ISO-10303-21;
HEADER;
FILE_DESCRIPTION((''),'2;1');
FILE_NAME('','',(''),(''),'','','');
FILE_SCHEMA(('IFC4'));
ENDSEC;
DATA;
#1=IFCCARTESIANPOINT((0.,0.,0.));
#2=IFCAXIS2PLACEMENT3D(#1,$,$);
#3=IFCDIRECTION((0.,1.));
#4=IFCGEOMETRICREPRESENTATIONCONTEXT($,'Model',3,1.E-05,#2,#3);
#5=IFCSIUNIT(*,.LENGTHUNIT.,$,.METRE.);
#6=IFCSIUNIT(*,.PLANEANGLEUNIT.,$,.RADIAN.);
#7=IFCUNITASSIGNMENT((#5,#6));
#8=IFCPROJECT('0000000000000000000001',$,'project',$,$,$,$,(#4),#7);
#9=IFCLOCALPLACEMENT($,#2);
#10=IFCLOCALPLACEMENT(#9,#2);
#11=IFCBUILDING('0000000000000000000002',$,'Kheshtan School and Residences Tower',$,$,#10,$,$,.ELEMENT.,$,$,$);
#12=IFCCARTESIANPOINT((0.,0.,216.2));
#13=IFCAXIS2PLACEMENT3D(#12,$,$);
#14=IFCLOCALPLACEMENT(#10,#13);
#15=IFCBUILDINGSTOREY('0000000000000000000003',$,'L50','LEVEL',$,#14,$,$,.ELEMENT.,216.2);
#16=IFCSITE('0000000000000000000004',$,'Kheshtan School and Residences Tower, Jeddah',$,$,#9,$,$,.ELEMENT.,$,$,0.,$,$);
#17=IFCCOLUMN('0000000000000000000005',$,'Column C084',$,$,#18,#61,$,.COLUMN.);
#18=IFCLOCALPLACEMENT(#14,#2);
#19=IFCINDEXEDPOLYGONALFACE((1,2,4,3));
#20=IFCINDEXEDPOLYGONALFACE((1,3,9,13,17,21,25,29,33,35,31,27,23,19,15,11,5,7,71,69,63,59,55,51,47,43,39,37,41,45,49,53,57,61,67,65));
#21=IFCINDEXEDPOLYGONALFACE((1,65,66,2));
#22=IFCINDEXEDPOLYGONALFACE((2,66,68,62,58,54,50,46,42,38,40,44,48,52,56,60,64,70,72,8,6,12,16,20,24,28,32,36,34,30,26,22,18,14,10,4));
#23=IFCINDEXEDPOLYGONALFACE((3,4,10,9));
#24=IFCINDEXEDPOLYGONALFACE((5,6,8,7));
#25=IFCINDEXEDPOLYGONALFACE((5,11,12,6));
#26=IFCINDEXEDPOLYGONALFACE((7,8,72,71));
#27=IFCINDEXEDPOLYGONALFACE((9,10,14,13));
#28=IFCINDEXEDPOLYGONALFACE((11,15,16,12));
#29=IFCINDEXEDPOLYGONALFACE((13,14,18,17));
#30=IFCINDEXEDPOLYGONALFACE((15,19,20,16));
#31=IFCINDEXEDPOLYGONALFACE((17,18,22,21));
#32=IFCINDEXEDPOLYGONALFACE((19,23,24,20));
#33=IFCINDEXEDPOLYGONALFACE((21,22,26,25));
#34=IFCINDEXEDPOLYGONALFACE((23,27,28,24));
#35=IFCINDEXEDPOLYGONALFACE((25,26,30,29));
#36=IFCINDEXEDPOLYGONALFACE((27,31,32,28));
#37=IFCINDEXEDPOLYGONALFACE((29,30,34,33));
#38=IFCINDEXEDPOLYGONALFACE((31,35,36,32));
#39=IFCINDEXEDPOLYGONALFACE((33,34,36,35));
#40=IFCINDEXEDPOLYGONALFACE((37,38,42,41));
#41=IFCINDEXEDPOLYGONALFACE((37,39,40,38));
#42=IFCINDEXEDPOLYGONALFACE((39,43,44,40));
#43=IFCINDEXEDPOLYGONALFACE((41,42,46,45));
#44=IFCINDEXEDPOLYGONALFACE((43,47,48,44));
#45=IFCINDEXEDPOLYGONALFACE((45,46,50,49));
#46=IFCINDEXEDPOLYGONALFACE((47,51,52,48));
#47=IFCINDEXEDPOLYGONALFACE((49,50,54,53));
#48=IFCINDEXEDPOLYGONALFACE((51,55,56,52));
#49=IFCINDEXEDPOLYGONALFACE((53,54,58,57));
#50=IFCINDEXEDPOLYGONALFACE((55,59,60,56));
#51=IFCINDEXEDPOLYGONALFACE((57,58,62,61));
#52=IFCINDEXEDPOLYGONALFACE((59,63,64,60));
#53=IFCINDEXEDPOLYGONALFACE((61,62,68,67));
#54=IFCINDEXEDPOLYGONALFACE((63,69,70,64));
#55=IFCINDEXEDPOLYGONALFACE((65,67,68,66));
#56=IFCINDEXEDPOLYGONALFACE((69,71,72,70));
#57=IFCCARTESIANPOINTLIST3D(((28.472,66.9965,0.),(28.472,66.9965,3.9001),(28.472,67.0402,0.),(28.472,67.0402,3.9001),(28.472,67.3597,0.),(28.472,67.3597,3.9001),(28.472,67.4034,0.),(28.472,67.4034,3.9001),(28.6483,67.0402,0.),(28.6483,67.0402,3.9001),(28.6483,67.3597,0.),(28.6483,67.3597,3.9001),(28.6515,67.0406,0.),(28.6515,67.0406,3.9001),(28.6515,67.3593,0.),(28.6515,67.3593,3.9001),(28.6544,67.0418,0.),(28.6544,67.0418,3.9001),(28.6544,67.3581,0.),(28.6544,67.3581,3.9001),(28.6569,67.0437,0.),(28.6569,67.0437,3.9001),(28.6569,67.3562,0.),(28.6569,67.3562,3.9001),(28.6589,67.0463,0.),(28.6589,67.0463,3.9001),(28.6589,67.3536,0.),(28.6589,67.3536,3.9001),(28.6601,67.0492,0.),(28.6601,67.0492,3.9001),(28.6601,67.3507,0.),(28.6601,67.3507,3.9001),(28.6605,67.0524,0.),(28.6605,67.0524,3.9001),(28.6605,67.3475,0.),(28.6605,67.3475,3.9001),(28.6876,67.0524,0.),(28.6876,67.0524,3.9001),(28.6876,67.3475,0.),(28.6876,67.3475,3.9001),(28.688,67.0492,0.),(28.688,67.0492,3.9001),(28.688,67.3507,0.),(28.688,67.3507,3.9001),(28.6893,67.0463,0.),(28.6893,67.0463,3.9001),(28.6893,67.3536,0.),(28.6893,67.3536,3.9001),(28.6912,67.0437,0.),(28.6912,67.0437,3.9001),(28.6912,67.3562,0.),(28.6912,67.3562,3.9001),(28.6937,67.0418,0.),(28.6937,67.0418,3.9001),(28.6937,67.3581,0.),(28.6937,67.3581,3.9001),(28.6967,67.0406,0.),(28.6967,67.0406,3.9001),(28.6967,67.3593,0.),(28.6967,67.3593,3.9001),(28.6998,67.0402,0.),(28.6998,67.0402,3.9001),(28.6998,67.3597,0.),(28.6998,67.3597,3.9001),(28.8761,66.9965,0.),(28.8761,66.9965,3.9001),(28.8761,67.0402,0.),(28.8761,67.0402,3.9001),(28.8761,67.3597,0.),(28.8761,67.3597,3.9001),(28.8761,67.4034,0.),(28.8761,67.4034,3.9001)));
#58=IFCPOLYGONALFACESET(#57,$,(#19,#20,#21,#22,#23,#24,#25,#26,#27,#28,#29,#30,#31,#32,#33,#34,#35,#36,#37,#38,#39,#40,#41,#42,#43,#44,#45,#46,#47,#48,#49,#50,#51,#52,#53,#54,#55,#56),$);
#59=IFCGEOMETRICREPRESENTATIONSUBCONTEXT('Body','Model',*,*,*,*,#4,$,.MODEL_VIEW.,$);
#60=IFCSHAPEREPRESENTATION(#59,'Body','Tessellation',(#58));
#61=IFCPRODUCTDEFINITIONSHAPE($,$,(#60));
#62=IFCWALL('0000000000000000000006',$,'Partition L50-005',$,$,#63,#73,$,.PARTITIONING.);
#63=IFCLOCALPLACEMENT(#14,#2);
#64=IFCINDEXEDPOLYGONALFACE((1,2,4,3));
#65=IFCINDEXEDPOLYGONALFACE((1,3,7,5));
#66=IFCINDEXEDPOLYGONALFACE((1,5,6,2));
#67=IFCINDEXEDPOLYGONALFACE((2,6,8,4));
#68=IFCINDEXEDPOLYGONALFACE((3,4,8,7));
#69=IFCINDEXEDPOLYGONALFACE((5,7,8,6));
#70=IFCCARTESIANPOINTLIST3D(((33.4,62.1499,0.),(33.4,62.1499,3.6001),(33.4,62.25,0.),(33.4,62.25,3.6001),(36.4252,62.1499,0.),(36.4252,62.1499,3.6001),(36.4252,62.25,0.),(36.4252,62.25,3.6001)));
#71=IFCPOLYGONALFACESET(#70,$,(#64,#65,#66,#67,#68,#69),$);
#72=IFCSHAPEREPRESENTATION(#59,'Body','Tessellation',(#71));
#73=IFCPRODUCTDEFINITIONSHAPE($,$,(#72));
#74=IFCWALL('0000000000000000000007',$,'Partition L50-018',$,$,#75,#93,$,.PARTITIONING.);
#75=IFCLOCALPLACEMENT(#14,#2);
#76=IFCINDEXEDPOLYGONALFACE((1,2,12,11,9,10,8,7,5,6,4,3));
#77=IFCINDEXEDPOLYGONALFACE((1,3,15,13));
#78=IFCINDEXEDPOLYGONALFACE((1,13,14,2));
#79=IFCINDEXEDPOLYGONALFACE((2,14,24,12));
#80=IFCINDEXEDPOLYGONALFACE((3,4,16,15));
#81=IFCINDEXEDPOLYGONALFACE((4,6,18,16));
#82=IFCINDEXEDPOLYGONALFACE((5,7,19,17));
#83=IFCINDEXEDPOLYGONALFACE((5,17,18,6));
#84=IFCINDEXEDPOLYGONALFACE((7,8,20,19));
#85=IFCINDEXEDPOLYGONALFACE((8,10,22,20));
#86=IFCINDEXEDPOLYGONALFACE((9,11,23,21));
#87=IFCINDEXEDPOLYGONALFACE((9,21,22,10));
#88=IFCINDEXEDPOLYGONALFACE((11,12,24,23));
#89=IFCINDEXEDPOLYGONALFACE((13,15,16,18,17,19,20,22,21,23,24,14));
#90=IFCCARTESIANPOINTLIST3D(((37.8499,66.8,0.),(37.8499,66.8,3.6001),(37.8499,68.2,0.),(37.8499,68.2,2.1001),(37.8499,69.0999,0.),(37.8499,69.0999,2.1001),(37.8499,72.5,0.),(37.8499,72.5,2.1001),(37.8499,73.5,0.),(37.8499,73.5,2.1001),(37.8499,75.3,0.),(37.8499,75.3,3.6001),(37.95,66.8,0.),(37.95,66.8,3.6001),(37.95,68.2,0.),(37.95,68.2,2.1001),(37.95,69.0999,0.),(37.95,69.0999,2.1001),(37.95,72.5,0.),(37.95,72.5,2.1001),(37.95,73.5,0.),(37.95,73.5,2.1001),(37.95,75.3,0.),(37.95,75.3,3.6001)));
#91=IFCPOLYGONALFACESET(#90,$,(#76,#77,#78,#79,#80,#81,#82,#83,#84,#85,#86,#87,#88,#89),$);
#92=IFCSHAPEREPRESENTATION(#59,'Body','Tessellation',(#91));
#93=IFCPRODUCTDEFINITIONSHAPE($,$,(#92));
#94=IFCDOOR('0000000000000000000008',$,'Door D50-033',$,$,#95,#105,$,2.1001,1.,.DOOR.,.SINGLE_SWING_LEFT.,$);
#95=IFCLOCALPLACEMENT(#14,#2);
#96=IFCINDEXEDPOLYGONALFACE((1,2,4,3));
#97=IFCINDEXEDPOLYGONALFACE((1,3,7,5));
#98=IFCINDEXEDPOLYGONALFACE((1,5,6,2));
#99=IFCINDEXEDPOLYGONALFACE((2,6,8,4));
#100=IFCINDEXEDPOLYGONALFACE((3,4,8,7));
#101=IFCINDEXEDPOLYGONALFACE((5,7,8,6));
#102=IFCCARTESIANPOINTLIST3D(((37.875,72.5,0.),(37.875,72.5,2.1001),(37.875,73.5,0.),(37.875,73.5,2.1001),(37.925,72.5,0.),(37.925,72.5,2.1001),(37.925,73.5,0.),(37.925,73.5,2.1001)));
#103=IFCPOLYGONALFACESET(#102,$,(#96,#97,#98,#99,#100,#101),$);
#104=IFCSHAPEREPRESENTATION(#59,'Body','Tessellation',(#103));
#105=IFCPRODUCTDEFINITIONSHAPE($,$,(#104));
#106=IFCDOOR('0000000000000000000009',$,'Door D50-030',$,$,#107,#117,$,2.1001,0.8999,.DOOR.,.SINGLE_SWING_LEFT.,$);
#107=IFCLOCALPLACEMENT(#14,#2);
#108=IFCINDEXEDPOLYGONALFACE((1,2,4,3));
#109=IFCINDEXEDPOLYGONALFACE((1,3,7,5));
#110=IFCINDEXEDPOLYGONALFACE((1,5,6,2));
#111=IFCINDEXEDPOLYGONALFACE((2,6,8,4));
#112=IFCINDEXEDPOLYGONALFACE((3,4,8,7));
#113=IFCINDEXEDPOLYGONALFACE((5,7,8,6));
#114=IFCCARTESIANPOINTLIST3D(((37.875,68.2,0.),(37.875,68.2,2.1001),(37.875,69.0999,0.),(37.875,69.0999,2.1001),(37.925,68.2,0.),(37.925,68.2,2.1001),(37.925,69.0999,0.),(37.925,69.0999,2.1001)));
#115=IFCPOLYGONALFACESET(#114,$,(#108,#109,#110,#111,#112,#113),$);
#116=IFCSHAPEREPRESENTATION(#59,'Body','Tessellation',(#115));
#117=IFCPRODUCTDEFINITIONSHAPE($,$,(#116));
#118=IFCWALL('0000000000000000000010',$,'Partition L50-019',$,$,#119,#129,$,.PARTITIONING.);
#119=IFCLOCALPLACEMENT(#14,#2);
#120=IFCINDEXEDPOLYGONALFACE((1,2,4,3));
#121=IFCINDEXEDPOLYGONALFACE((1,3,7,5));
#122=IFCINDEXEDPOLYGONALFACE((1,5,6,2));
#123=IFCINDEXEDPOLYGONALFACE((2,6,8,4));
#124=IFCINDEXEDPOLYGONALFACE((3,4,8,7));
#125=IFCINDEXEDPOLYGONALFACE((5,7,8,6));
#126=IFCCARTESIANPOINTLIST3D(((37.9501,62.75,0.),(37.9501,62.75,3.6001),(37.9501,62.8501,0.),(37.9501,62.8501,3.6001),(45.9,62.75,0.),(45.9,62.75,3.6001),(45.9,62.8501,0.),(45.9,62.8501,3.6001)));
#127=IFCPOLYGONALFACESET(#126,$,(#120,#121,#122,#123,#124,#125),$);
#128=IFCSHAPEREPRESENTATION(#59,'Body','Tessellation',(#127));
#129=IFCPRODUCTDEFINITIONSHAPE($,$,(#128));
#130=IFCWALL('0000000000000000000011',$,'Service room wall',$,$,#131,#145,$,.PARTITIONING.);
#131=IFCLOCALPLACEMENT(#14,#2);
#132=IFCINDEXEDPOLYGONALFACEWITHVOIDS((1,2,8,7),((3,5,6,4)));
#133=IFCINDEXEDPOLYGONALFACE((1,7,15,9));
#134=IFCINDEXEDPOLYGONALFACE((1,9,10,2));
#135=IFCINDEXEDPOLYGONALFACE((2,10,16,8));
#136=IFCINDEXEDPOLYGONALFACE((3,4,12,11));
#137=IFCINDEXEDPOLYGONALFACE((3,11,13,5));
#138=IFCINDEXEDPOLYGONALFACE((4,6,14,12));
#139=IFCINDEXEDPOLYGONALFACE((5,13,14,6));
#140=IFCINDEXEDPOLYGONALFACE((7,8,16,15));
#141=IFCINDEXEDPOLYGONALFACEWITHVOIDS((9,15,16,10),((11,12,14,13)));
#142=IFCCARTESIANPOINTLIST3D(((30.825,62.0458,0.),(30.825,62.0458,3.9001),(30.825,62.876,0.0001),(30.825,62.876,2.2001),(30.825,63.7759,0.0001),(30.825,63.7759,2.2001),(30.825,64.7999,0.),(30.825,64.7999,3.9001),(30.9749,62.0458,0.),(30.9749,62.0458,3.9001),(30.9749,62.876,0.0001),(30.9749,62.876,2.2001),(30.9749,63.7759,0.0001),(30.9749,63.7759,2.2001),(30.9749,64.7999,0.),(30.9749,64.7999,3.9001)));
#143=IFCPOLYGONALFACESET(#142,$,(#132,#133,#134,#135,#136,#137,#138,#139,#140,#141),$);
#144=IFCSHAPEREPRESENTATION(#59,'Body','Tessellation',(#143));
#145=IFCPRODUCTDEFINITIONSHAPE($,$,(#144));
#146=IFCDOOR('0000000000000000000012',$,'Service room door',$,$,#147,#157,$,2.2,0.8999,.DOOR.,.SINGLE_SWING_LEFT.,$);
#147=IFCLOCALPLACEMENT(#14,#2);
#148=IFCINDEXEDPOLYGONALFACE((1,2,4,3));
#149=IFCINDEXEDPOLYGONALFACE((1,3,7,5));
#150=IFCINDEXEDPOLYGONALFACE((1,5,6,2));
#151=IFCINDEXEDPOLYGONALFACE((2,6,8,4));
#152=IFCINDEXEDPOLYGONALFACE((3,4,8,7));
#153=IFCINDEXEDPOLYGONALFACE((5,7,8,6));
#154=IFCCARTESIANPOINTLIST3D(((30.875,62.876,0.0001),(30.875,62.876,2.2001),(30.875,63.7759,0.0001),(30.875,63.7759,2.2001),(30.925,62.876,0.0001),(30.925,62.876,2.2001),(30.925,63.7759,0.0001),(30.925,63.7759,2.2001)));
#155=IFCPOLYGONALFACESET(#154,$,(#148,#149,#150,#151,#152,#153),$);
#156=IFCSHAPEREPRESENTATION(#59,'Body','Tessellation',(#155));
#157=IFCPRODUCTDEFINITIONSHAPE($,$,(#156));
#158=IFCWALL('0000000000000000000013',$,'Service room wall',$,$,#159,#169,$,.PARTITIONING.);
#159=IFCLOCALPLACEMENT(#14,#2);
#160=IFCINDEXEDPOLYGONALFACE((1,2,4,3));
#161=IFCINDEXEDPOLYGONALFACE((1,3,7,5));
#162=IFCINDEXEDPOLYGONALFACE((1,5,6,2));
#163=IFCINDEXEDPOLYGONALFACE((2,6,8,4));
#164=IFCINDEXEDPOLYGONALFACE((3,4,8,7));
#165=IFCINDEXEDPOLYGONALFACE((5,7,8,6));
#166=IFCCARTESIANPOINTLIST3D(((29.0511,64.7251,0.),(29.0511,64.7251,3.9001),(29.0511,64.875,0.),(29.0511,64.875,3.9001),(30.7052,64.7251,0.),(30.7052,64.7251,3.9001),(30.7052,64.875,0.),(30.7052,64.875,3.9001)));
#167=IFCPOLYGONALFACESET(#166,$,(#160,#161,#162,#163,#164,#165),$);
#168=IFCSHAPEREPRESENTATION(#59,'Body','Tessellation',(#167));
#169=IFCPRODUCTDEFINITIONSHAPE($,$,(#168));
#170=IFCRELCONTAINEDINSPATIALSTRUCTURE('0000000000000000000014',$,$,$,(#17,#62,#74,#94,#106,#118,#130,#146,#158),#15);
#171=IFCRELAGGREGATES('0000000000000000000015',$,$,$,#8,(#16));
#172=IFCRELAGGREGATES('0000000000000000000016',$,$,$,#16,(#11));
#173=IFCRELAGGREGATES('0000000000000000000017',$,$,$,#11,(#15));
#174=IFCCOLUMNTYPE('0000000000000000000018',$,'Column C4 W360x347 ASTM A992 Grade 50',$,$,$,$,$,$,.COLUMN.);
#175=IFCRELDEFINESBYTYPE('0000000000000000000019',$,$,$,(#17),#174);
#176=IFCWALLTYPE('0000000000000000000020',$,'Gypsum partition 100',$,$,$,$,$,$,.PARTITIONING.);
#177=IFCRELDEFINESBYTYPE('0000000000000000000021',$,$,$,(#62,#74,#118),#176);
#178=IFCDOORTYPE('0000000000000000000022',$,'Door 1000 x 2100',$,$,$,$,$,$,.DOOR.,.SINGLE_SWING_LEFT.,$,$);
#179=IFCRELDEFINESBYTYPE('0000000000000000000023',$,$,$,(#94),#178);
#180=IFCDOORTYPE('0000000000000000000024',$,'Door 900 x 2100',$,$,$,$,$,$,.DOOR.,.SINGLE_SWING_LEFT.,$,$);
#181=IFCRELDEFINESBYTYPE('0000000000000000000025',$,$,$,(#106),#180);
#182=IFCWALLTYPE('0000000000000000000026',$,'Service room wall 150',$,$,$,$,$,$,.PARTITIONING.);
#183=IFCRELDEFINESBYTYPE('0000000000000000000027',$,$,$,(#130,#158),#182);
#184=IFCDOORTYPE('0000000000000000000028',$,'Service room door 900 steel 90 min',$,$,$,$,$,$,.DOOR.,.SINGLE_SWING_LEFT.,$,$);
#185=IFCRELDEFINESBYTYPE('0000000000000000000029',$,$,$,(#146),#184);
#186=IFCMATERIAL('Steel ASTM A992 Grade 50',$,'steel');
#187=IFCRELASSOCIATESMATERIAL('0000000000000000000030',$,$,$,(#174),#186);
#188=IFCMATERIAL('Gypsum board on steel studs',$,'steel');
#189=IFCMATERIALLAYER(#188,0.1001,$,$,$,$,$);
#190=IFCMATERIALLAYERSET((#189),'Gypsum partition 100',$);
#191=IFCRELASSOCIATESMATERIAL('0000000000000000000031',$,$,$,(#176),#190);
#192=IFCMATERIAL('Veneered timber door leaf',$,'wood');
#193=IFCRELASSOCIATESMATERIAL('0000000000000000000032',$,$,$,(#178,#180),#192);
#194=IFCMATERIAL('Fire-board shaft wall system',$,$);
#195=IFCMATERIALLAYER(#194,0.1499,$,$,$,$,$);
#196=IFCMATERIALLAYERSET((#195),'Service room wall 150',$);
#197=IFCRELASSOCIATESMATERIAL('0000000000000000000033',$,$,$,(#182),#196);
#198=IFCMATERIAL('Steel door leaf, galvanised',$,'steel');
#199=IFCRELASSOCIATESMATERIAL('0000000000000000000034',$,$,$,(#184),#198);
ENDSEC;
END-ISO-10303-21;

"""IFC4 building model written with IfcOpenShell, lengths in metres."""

from ifc_helpers import new_model, si_unit, direction, frame, frame_2d, origin, origin_2d, place, context, subcontext, project, spatial, rectangle, i_section, extrude, source, transform, mapped, material, layer, layer_set, material_profile, profile_set, type_object, element, fill, save


model = new_model("IFC4")

# Units and contexts
model_context = context("Model", 3, precision=1e-05, world=origin(), true_north=direction((0.0, 1.0)))
body_context = subcontext(model_context, "Body", "Model", "MODEL_VIEW")
ifc_project = project(units=[si_unit("LENGTHUNIT", "METRE"), si_unit("PLANEANGLEUNIT", "RADIAN")], contexts=[model_context])

# Site, building, storey
site_placement = place(None, origin())
site = spatial("IfcSite", under=ifc_project, at=site_placement, Name="Kheshtan School and Residences Tower, Jeddah", CompositionType="ELEMENT", RefElevation=0.0)
building_placement = place(site_placement, origin())
building = spatial("IfcBuilding", under=site, at=building_placement, Name="Kheshtan School and Residences Tower", CompositionType="ELEMENT")
storey_placement = place(building_placement, frame((0.0, 0.0, 216.2)))
storey = spatial("IfcBuildingStorey", under=building, at=storey_placement, Name="L50", Description="LEVEL", CompositionType="ELEMENT", Elevation=216.2)

# Column
ifc_material_1 = material(Name="Steel ASTM A992 Grade 50", Category="steel")
ifc_material_profile = material_profile(ifc_material_1, i_section(OverallWidth=0.4041, OverallDepth=0.407, WebThickness=0.0271, FlangeThickness=0.0437, FilletRadius=0.0122, at=origin_2d()), Name="W360x347")
ifc_profile_set = profile_set([ifc_material_profile], Name="Steel ASTM A992 Grade 50")
column_type = type_object("IfcColumnType", Name="Column C4 W360x347 ASTM A992 Grade 50", PredefinedType="COLUMN", material=ifc_profile_set)
column_placement = place(storey_placement, frame((28.6741, 67.2, 0.0), z_axis=(0.0, 0.0, 1.0), x_axis=(1.0, 0.0, 0.0)))
element("IfcColumn", 1, at=column_placement, inside=storey, type_object=column_type, Name="Column C084", PredefinedType="COLUMN", context=body_context, shape_type="SweptSolid", body=[
    extrude(i_section(OverallWidth=0.4041, OverallDepth=0.407, WebThickness=0.0271, FlangeThickness=0.0437, FilletRadius=0.0122, at=origin_2d()), origin(), (0.0, 0.0, 1.0), 3.9001),
])

# Wall
ifc_material_2 = material(Name="Gypsum board on steel studs", Category="steel")
ifc_layer_1 = layer(ifc_material_2, 0.1001)
ifc_layer_set_1 = layer_set([ifc_layer_1], Name="Gypsum partition 100")
wall_type_1 = type_object("IfcWallType", Name="Gypsum partition 100", PredefinedType="PARTITIONING", material=ifc_layer_set_1)
wall_1_placement = place(storey_placement, frame((33.3999, 62.2, 0.0), z_axis=(0.0, 0.0, 1.0), x_axis=(1.0, 0.0, 0.0)))
element("IfcWall", 2, at=wall_1_placement, inside=storey, type_object=wall_type_1, Name="Partition L50-005", PredefinedType="PARTITIONING", context=body_context, shape_type="SweptSolid", body=[
    extrude(rectangle(XDim=3.0251, YDim=0.1001, at=frame_2d((1.5127, 0.0))), origin(), (0.0, 0.0, 1.0), 3.6001),
])

# Wall, openings, doors
wall_2_placement = place(storey_placement, frame((37.8999, 66.8, 0.0), z_axis=(0.0, 0.0, 1.0), x_axis=(0.0, 1.0, 0.0)))
wall_2 = element("IfcWall", 3, at=wall_2_placement, inside=storey, type_object=wall_type_1, Name="Partition L50-018", PredefinedType="PARTITIONING", context=body_context, shape_type="SweptSolid", body=[
    extrude(rectangle(XDim=8.5, YDim=0.1001, at=frame_2d((4.25, 0.0))), origin(), (0.0, 0.0, 1.0), 3.6001),
])
opening_1_placement = place(wall_2_placement, frame((1.3999, 0.0, 0.0)))
opening_1 = element("IfcOpeningElement", 4, at=opening_1_placement, cuts=wall_2, PredefinedType="OPENING", context=body_context, shape_type="SweptSolid", body=[
    extrude(rectangle(XDim=0.8999, YDim=2.1001, at=frame_2d((0.45, 1.05))), frame((0.0, 0.0601, 0.0), z_axis=(0.0, -1.0, 0.0), x_axis=(1.0, 0.0, 0.0)), (0.0, 0.0, 1.0), 0.1201),
])
opening_2_placement = place(wall_2_placement, frame((5.7, 0.0, 0.0)))
opening_2 = element("IfcOpeningElement", 5, at=opening_2_placement, cuts=wall_2, PredefinedType="OPENING", context=body_context, shape_type="SweptSolid", body=[
    extrude(rectangle(XDim=1.0, YDim=2.1001, at=frame_2d((0.5, 1.05))), frame((0.0, 0.0601, 0.0), z_axis=(0.0, -1.0, 0.0), x_axis=(1.0, 0.0, 0.0)), (0.0, 0.0, 1.0), 0.1201),
])
ifc_material_3 = material(Name="Veneered timber door leaf", Category="wood")
door_type_1 = type_object("IfcDoorType", Name="Door 1000 x 2100", OperationType="SINGLE_SWING_LEFT", PredefinedType="DOOR", material=ifc_material_3)
shared_shape_1 = source(origin(), body_context, "Body", "SweptSolid", [
    extrude(rectangle(XDim=1.0, YDim=2.1001, at=frame_2d((0.5, 1.05))), frame((0.0, 0.0249, 0.0), z_axis=(0.0, -1.0, 0.0), x_axis=(1.0, 0.0, 0.0)), (0.0, 0.0, 1.0), 0.05),
])
door_1_placement = place(opening_2_placement, origin())
door_1 = element("IfcDoor", 6, at=door_1_placement, inside=storey, type_object=door_type_1, Name="Door D50-033", OperationType="SINGLE_SWING_LEFT", OverallHeight=2.1001, OverallWidth=1.0, PredefinedType="DOOR", context=body_context, shape_type="MappedRepresentation", body=[
    mapped(shared_shape_1, transform((0.0, 0.0, 0.0), x_axis=(1.0, 0.0, 0.0), y_axis=(0.0, 1.0, 0.0), z_axis=(0.0, 0.0, 1.0), scale=1.0)),
])
fill(opening_2, door_1)
door_type_2 = type_object("IfcDoorType", Name="Door 900 x 2100", OperationType="SINGLE_SWING_LEFT", PredefinedType="DOOR", material=ifc_material_3)
shared_shape_2 = source(origin(), body_context, "Body", "SweptSolid", [
    extrude(rectangle(XDim=0.8999, YDim=2.1001, at=frame_2d((0.45, 1.05))), frame((0.0, 0.0249, 0.0), z_axis=(0.0, -1.0, 0.0), x_axis=(1.0, 0.0, 0.0)), (0.0, 0.0, 1.0), 0.05),
])
door_2_placement = place(opening_1_placement, origin())
door_2 = element("IfcDoor", 7, at=door_2_placement, inside=storey, type_object=door_type_2, Name="Door D50-030", OperationType="SINGLE_SWING_LEFT", OverallHeight=2.1001, OverallWidth=0.8999, PredefinedType="DOOR", context=body_context, shape_type="MappedRepresentation", body=[
    mapped(shared_shape_2, transform((0.0, 0.0, 0.0), x_axis=(1.0, 0.0, 0.0), y_axis=(0.0, 1.0, 0.0), z_axis=(0.0, 0.0, 1.0), scale=1.0)),
])
fill(opening_1, door_2)

# Wall
wall_3_placement = place(storey_placement, frame((37.95, 62.8, 0.0), z_axis=(0.0, 0.0, 1.0), x_axis=(1.0, 0.0, 0.0)))
element("IfcWall", 8, at=wall_3_placement, inside=storey, type_object=wall_type_1, Name="Partition L50-019", PredefinedType="PARTITIONING", context=body_context, shape_type="SweptSolid", body=[
    extrude(rectangle(XDim=7.95, YDim=0.1001, at=frame_2d((3.9751, 0.0))), origin(), (0.0, 0.0, 1.0), 3.6001),
])

# Wall, opening, door
ifc_material_4 = material(Name="Fire-board shaft wall system")
ifc_layer_2 = layer(ifc_material_4, 0.1499)
ifc_layer_set_2 = layer_set([ifc_layer_2], Name="Service room wall 150")
wall_type_2 = type_object("IfcWallType", Name="Service room wall 150", PredefinedType="PARTITIONING", material=ifc_layer_set_2)
wall_4_placement = place(storey_placement, frame((30.8999, 62.0459, 0.0), z_axis=(0.0, 0.0, 1.0), x_axis=(0.0, 1.0, 0.0)))
wall_4 = element("IfcWall", 9, at=wall_4_placement, inside=storey, type_object=wall_type_2, Name="Service room wall", PredefinedType="PARTITIONING", context=body_context, shape_type="SweptSolid", body=[
    extrude(rectangle(XDim=2.7542, YDim=0.1499, at=frame_2d((1.377, 0.0))), origin(), (0.0, 0.0, 1.0), 3.9001),
])
opening_3_placement = place(wall_4_placement, frame((0.8301, 0.0, 0.0)))
opening_3 = element("IfcOpeningElement", 10, at=opening_3_placement, cuts=wall_4, PredefinedType="OPENING", context=body_context, shape_type="SweptSolid", body=[
    extrude(rectangle(XDim=0.8999, YDim=2.2, at=frame_2d((0.45, 1.1001))), frame((0.0, 0.085, 0.0), z_axis=(0.0, -1.0, 0.0), x_axis=(1.0, 0.0, 0.0)), (0.0, 0.0, 1.0), 0.1699),
])
ifc_material_5 = material(Name="Steel door leaf, galvanised", Category="steel")
door_type_3 = type_object("IfcDoorType", Name="Service room door 900 steel 90 min", OperationType="SINGLE_SWING_LEFT", PredefinedType="DOOR", material=ifc_material_5)
shared_shape_3 = source(origin(), body_context, "Body", "SweptSolid", [
    extrude(rectangle(XDim=0.8999, YDim=2.2, at=frame_2d((0.45, 1.1001))), frame((0.0, 0.0249, 0.0), z_axis=(0.0, -1.0, 0.0), x_axis=(1.0, 0.0, 0.0)), (0.0, 0.0, 1.0), 0.05),
])
door_3_placement = place(opening_3_placement, origin())
door_3 = element("IfcDoor", 11, at=door_3_placement, inside=storey, type_object=door_type_3, Name="Service room door", OperationType="SINGLE_SWING_LEFT", OverallHeight=2.2, OverallWidth=0.8999, PredefinedType="DOOR", context=body_context, shape_type="MappedRepresentation", body=[
    mapped(shared_shape_3, transform((0.0, 0.0, 0.0), x_axis=(1.0, 0.0, 0.0), y_axis=(0.0, 1.0, 0.0), z_axis=(0.0, 0.0, 1.0), scale=1.0)),
])
fill(opening_3, door_3)

# Wall
wall_5_placement = place(storey_placement, frame((29.051, 64.8, 0.0), z_axis=(0.0, 0.0, 1.0), x_axis=(1.0, 0.0, 0.0)))
element("IfcWall", 12, at=wall_5_placement, inside=storey, type_object=wall_type_2, Name="Service room wall", PredefinedType="PARTITIONING", context=body_context, shape_type="SweptSolid", body=[
    extrude(rectangle(XDim=1.6541, YDim=0.1499, at=frame_2d((0.8271, 0.0))), origin(), (0.0, 0.0, 1.0), 3.9001),
])

save(model, "model.ifc")
